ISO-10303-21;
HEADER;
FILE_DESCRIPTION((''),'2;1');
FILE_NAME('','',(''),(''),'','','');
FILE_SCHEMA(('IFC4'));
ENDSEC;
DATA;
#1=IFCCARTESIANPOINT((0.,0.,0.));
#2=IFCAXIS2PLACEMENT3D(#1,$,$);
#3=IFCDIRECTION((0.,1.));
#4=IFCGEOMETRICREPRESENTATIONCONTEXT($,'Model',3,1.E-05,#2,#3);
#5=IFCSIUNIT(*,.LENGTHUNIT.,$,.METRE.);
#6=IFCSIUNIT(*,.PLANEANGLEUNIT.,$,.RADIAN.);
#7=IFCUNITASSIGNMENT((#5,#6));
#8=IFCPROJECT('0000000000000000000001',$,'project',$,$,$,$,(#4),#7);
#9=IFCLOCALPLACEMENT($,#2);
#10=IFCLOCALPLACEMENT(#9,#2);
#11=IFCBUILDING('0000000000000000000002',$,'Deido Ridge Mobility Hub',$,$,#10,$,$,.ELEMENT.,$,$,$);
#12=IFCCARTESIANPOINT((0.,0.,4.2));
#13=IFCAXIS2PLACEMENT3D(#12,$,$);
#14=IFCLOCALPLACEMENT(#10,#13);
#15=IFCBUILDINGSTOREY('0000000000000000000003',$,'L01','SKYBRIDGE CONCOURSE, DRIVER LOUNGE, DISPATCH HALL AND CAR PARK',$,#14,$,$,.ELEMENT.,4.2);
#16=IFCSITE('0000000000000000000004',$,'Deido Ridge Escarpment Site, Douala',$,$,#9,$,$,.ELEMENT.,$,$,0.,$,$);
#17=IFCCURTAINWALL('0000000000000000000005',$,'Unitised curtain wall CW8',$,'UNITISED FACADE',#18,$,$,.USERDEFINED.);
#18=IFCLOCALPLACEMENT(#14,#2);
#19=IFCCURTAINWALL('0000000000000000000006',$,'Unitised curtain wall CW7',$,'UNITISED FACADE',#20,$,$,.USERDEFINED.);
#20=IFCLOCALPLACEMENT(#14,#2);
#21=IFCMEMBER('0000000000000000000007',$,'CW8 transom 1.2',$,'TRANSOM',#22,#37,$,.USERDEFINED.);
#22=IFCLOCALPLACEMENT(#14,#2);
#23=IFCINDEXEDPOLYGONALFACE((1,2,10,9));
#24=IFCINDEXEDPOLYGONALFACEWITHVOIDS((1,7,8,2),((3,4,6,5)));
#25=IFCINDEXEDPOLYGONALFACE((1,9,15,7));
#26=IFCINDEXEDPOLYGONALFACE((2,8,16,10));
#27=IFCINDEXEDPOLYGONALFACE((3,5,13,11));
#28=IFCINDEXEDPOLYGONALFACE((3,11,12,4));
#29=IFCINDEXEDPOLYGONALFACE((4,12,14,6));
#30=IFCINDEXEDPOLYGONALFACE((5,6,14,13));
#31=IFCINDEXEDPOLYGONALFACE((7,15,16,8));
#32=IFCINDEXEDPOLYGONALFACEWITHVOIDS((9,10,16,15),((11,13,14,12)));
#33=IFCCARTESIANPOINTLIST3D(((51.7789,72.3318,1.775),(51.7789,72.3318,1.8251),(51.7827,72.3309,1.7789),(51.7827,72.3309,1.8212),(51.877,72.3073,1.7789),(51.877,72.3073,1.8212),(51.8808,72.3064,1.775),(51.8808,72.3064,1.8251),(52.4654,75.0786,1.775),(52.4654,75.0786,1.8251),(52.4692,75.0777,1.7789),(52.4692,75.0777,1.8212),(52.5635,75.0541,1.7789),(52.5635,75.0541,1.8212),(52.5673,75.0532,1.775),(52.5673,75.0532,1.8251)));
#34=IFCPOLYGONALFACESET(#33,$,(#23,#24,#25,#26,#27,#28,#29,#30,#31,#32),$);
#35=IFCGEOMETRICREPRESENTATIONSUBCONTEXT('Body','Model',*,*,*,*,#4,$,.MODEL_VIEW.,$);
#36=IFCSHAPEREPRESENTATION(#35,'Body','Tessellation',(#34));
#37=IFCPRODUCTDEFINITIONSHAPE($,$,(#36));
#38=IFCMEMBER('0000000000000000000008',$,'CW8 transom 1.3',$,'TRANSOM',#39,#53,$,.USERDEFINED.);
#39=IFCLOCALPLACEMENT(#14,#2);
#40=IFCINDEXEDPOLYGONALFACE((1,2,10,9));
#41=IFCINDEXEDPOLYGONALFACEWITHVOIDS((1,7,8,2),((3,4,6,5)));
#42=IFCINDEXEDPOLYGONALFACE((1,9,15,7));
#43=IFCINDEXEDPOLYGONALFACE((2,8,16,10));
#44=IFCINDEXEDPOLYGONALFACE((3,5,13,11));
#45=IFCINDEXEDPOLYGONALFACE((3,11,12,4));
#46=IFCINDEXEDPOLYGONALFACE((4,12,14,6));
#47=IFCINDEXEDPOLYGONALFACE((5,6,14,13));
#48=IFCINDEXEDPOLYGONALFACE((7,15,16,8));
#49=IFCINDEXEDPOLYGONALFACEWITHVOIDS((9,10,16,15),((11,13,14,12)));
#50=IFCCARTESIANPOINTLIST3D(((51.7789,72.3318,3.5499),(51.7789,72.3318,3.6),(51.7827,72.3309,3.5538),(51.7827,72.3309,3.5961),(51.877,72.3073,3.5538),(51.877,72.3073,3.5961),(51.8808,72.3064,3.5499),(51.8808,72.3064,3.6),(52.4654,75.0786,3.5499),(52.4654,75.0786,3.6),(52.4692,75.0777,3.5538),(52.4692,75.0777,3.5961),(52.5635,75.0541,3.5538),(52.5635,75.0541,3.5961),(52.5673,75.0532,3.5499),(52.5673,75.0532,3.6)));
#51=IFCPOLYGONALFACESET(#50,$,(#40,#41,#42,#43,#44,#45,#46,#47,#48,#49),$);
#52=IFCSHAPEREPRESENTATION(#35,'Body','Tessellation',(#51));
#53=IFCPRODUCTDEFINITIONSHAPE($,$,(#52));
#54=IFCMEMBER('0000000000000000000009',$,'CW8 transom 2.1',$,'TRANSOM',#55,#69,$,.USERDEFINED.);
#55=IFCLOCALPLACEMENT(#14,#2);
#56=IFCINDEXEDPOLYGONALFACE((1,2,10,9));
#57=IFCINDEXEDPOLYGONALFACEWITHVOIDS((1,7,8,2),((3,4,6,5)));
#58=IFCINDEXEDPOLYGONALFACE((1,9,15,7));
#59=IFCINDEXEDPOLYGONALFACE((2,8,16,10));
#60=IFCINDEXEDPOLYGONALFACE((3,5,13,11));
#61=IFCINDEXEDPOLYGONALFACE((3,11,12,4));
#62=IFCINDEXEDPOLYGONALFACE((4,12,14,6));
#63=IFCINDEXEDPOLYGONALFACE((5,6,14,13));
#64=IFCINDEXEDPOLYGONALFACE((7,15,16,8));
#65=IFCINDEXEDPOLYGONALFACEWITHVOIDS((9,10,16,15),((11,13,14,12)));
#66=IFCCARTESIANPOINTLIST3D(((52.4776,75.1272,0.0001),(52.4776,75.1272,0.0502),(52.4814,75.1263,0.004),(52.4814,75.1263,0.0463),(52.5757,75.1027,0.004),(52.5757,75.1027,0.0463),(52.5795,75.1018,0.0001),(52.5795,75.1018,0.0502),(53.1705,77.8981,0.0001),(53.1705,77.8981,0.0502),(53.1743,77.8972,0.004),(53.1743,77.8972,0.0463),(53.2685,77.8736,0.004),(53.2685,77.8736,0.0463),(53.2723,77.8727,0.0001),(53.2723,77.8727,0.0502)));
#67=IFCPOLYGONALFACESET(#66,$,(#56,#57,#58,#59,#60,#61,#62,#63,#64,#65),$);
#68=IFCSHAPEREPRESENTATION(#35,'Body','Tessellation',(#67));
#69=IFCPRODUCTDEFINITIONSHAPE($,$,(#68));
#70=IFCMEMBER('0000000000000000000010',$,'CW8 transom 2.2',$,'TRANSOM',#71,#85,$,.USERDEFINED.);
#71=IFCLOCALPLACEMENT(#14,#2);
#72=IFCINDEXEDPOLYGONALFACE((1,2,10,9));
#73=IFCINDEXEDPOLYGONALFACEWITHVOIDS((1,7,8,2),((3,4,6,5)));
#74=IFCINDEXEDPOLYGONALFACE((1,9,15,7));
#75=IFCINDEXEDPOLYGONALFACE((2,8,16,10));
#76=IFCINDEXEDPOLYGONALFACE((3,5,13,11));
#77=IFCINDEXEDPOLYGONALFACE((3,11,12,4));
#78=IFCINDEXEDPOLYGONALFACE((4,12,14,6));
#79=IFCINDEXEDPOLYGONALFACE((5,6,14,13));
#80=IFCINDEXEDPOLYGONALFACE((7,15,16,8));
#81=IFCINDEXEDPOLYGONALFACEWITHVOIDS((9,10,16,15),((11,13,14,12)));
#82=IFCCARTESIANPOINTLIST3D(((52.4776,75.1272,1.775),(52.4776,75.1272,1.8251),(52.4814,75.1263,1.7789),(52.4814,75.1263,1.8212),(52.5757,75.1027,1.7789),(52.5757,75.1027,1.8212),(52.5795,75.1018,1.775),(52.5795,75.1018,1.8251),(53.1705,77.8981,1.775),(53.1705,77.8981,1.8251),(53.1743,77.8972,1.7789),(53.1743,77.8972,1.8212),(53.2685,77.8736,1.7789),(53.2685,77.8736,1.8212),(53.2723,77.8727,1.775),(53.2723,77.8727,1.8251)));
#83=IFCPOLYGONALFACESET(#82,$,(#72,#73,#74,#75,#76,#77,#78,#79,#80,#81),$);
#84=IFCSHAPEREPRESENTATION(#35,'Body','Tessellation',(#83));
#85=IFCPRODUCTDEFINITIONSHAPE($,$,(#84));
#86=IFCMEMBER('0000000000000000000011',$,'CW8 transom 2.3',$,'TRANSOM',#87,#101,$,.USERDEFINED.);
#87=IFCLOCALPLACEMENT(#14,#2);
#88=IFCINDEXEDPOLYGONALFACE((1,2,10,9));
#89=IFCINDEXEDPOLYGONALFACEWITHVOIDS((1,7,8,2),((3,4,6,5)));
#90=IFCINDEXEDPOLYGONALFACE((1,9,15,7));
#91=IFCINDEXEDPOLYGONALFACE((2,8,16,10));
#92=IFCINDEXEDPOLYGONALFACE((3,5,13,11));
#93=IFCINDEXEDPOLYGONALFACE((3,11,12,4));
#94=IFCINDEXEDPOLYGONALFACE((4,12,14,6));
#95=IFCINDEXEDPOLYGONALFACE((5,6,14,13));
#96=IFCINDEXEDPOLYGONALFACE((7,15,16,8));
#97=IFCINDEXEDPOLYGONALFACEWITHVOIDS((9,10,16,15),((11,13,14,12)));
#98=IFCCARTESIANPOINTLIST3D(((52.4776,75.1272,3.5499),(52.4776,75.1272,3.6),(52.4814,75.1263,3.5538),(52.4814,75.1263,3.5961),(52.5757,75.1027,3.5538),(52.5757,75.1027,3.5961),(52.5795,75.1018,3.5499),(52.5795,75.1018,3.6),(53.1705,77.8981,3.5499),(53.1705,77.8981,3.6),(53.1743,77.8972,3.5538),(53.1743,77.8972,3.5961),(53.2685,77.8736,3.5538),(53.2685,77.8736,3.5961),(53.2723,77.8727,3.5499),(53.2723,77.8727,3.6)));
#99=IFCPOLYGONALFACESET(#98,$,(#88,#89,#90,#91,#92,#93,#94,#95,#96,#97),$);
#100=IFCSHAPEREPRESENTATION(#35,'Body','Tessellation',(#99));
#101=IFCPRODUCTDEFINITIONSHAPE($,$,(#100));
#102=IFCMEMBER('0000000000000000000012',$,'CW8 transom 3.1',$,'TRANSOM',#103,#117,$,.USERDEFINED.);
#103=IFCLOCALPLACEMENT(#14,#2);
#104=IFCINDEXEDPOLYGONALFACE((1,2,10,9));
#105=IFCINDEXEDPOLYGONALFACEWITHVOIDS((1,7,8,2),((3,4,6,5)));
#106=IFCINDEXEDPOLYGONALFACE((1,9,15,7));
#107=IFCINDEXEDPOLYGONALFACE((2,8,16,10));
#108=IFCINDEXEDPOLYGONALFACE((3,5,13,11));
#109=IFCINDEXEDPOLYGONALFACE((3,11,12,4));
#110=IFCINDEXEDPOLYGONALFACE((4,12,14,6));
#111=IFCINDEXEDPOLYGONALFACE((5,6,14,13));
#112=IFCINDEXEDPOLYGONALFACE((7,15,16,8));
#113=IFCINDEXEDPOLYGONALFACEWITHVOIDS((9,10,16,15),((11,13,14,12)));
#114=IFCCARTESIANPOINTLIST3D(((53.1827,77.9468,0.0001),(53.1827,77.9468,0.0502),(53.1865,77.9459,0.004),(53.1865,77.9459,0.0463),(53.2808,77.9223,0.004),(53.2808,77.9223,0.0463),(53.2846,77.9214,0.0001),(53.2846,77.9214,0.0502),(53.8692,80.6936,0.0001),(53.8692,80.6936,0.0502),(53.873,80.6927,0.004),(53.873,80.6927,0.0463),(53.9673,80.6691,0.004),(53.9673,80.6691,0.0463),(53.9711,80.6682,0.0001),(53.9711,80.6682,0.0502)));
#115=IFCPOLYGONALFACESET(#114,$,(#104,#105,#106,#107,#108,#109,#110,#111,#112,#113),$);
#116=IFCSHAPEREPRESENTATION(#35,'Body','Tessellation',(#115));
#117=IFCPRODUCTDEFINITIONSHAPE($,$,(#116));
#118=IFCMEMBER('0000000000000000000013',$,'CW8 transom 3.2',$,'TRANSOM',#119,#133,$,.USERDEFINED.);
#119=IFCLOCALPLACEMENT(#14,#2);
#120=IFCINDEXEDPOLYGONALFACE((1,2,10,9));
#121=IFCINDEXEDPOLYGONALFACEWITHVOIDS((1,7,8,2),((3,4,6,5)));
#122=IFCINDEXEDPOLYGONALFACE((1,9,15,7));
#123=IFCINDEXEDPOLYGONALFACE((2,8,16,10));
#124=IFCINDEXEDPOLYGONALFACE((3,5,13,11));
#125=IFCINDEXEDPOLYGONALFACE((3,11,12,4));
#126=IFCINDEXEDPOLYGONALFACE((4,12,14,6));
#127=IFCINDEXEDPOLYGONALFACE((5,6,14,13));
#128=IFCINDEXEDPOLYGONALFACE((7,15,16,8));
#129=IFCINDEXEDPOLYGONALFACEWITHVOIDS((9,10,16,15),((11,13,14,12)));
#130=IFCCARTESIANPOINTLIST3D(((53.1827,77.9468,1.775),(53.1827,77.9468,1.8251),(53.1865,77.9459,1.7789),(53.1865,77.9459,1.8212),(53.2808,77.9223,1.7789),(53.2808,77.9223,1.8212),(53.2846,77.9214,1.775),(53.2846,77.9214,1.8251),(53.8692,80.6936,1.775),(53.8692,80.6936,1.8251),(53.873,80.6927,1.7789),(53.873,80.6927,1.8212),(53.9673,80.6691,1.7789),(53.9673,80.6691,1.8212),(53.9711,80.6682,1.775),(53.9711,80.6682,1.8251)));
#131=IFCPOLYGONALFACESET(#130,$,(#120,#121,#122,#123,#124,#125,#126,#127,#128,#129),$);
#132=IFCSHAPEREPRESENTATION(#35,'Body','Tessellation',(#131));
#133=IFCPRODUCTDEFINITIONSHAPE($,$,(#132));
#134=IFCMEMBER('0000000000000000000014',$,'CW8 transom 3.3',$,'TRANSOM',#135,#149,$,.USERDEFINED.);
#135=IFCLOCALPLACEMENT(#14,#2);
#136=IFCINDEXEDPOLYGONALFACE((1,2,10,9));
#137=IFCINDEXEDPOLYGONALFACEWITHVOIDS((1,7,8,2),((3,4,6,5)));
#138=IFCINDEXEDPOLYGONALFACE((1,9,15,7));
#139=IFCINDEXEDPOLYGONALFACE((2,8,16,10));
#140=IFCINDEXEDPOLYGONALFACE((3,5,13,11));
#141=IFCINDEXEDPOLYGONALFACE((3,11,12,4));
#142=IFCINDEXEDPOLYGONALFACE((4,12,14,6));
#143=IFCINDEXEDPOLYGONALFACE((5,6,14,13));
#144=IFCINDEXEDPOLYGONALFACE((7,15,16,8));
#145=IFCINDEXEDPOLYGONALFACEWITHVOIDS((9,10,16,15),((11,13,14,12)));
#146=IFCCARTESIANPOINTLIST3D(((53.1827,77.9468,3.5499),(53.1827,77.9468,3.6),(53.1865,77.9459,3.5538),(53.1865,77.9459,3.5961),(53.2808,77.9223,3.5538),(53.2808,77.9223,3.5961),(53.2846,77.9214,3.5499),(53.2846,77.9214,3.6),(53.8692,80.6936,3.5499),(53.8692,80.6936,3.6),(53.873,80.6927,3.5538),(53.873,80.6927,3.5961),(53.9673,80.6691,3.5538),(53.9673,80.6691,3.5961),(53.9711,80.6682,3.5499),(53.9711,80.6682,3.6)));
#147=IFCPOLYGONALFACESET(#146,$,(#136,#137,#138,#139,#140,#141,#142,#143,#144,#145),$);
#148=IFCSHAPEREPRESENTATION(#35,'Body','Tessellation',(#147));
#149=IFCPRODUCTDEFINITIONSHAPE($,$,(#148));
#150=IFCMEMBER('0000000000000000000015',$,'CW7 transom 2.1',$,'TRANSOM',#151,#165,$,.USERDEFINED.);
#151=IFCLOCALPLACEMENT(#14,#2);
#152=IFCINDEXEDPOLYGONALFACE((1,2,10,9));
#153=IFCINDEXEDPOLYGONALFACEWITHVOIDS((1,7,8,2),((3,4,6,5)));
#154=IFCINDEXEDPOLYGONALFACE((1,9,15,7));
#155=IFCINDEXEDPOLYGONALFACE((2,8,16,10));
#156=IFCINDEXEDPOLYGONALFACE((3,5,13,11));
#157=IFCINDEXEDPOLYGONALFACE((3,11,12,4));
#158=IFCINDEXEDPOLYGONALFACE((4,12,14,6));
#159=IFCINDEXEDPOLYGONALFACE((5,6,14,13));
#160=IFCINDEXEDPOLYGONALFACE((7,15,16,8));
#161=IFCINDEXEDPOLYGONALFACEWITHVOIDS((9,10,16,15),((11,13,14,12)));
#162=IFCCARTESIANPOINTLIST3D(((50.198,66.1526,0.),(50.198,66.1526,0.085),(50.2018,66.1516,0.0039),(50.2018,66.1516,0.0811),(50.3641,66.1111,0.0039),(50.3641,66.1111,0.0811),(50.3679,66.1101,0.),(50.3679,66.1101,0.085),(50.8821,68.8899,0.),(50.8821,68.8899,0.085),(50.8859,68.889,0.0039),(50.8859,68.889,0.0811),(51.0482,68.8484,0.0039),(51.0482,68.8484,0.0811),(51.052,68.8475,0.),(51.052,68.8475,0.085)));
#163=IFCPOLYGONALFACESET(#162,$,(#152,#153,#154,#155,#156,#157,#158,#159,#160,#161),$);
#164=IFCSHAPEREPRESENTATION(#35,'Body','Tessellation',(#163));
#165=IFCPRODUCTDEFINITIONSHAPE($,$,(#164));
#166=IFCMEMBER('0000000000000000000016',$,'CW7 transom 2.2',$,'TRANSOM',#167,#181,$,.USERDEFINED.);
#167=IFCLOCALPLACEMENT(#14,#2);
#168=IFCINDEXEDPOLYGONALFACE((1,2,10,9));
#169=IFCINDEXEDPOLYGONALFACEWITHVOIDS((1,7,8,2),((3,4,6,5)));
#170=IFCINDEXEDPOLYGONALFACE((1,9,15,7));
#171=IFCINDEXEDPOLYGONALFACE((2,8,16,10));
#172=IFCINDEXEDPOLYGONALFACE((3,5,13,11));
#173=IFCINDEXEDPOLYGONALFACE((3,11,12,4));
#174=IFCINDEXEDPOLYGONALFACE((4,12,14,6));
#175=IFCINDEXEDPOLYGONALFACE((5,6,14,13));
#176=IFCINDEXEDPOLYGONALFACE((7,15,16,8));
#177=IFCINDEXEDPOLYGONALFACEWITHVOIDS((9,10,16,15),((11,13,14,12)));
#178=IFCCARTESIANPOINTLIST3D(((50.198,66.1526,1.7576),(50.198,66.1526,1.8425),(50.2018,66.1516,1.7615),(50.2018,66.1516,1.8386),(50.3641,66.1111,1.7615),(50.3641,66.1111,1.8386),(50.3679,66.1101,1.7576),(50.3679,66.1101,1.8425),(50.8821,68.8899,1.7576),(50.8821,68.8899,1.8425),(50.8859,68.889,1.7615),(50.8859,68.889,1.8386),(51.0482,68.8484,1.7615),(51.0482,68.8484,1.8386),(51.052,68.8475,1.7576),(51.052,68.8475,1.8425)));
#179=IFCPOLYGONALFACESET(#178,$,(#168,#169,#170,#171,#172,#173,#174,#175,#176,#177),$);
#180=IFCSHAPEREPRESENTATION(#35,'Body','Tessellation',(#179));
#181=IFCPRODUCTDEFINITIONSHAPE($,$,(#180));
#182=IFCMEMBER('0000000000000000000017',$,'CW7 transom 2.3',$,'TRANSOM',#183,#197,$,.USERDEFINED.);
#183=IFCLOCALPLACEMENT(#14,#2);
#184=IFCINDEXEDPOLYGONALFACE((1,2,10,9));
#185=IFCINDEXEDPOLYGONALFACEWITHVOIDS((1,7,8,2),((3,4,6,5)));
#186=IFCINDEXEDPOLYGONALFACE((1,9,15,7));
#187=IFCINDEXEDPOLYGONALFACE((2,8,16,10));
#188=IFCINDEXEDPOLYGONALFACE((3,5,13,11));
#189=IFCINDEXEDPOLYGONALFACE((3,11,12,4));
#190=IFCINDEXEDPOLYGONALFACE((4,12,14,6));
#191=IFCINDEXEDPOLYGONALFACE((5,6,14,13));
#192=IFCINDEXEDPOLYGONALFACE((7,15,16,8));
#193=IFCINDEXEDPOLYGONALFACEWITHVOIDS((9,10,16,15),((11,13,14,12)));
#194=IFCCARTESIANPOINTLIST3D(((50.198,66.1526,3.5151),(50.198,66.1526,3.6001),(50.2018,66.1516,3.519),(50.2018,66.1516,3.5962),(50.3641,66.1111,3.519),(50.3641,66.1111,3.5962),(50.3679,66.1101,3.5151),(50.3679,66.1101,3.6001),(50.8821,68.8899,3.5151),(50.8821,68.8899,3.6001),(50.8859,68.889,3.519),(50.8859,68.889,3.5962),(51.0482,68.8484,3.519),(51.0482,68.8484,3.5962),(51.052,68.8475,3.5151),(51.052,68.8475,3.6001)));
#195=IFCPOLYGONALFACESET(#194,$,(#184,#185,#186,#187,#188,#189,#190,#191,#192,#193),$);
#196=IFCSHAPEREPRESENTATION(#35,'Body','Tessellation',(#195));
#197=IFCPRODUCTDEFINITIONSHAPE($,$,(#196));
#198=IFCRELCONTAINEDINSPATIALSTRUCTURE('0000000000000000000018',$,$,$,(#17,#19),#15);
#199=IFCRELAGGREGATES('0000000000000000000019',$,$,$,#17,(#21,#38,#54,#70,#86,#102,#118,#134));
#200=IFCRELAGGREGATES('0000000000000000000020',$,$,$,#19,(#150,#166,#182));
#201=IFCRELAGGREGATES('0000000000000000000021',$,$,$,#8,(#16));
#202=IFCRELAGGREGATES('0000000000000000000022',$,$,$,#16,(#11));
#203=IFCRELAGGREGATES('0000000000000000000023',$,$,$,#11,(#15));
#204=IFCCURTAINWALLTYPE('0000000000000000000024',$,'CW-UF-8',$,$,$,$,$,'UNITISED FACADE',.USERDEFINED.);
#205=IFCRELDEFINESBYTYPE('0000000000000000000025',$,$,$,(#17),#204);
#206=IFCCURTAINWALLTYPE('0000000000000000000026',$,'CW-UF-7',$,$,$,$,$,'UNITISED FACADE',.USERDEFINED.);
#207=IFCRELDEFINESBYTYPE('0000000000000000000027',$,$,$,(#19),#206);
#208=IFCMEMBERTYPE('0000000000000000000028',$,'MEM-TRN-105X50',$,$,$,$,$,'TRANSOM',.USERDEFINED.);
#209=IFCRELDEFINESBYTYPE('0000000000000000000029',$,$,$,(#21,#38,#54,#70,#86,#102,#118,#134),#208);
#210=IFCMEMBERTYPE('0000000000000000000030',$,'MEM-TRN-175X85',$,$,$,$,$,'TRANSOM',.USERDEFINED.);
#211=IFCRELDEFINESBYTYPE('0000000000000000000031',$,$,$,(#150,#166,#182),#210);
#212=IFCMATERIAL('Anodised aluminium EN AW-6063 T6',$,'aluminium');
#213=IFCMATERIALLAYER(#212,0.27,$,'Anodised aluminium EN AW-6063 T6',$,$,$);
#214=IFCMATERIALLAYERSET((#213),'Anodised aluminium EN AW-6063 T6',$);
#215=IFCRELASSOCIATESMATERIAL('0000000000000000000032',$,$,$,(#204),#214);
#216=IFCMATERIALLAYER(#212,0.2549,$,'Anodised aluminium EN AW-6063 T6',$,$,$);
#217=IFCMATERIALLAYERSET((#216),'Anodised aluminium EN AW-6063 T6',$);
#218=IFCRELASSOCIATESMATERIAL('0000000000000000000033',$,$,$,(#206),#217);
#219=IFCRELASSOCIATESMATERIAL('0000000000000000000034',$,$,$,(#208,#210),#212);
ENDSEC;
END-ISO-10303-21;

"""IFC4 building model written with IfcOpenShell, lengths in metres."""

from ifc_helpers import new_model, si_unit, direction, frame, origin, origin_2d, place, context, subcontext, project, spatial, hollow_rectangle, extrude, material, layer, layer_set, material_profile, profile_set, type_object, element, aggregate, save


model = new_model("IFC4")

# Units and contexts
model_context = context("Model", 3, precision=1e-05, world=origin(), true_north=direction((0.0, 1.0)))
body_context = subcontext(model_context, "Body", "Model", "MODEL_VIEW")
ifc_project = project(units=[si_unit("LENGTHUNIT", "METRE"), si_unit("PLANEANGLEUNIT", "RADIAN")], contexts=[model_context])

# Site, building, storey
site_placement = place(None, origin())
site = spatial("IfcSite", under=ifc_project, at=site_placement, Name="Deido Ridge Escarpment Site, Douala", CompositionType="ELEMENT", RefElevation=0.0)
building_placement = place(site_placement, origin())
building = spatial("IfcBuilding", under=site, at=building_placement, Name="Deido Ridge Mobility Hub", CompositionType="ELEMENT")
storey_placement = place(building_placement, frame((0.0, 0.0, 4.2)))
storey = spatial("IfcBuildingStorey", under=building, at=storey_placement, Name="L01", Description="SKYBRIDGE CONCOURSE, DRIVER LOUNGE, DISPATCH HALL AND CAR PARK", CompositionType="ELEMENT", Elevation=4.2)

# Curtain walls
ifc_material_1 = material(Name="Anodised aluminium EN AW-6063 T6", Category="aluminium")
ifc_layer_1 = layer(ifc_material_1, 0.27, Name="Anodised aluminium EN AW-6063 T6")
ifc_layer_set_1 = layer_set([ifc_layer_1], Name="Anodised aluminium EN AW-6063 T6")
curtain_wall_type_1 = type_object("IfcCurtainWallType", Name="CW-UF-8", ElementType="UNITISED FACADE", PredefinedType="USERDEFINED", material=ifc_layer_set_1)
curtain_wall_1_placement = place(storey_placement, origin())
curtain_wall_1 = element("IfcCurtainWall", 1, at=curtain_wall_1_placement, inside=storey, type_object=curtain_wall_type_1, Name="Unitised curtain wall CW8", ObjectType="UNITISED FACADE", PredefinedType="USERDEFINED")
ifc_layer_2 = layer(ifc_material_1, 0.2549, Name="Anodised aluminium EN AW-6063 T6")
ifc_layer_set_2 = layer_set([ifc_layer_2], Name="Anodised aluminium EN AW-6063 T6")
curtain_wall_type_2 = type_object("IfcCurtainWallType", Name="CW-UF-7", ElementType="UNITISED FACADE", PredefinedType="USERDEFINED", material=ifc_layer_set_2)
curtain_wall_2_placement = place(storey_placement, origin())
curtain_wall_2 = element("IfcCurtainWall", 2, at=curtain_wall_2_placement, inside=storey, type_object=curtain_wall_type_2, Name="Unitised curtain wall CW7", ObjectType="UNITISED FACADE", PredefinedType="USERDEFINED")

# Members
ifc_material_profile_1 = material_profile(ifc_material_1, hollow_rectangle(XDim=0.105, YDim=0.05, WallThickness=0.0039, at=origin_2d()), Name="RHS 105x50x4")
ifc_profile_set_1 = profile_set([ifc_material_profile_1], Name="Anodised aluminium EN AW-6063 T6")
member_type_1 = type_object("IfcMemberType", Name="MEM-TRN-105X50", ElementType="TRANSOM", PredefinedType="USERDEFINED", material=ifc_profile_set_1)
member_1_placement = place(storey_placement, frame((51.8298, 72.3191, 1.8), z_axis=(0.242475, 0.970158, 0.0), x_axis=(-0.970158, 0.242475, 0.0)))
member_1 = element("IfcMember", 3, at=member_1_placement, type_object=member_type_1, Name="CW8 transom 1.2", ObjectType="TRANSOM", PredefinedType="USERDEFINED", context=body_context, shape_type="SweptSolid", body=[
    extrude(hollow_rectangle(XDim=0.105, YDim=0.05, WallThickness=0.0039, at=origin_2d()), origin(), (0.0, 0.0, 1.0), 2.8313),
])
member_2_placement = place(storey_placement, frame((51.8298, 72.3191, 3.575), z_axis=(0.242475, 0.970158, 0.0), x_axis=(-0.970158, 0.242475, 0.0)))
member_2 = element("IfcMember", 4, at=member_2_placement, type_object=member_type_1, Name="CW8 transom 1.3", ObjectType="TRANSOM", PredefinedType="USERDEFINED", context=body_context, shape_type="SweptSolid", body=[
    extrude(hollow_rectangle(XDim=0.105, YDim=0.05, WallThickness=0.0039, at=origin_2d()), origin(), (0.0, 0.0, 1.0), 2.8313),
])
member_3_placement = place(storey_placement, frame((52.5286, 75.1145, 0.0251), z_axis=(0.242576, 0.970132, 0.0), x_axis=(-0.970132, 0.242576, 0.0)))
member_3 = element("IfcMember", 5, at=member_3_placement, type_object=member_type_1, Name="CW8 transom 2.1", ObjectType="TRANSOM", PredefinedType="USERDEFINED", context=body_context, shape_type="SweptSolid", body=[
    extrude(hollow_rectangle(XDim=0.105, YDim=0.05, WallThickness=0.0039, at=origin_2d()), origin(), (0.0, 0.0, 1.0), 2.8562),
])
member_4_placement = place(storey_placement, frame((52.5286, 75.1145, 1.8), z_axis=(0.242576, 0.970132, 0.0), x_axis=(-0.970132, 0.242576, 0.0)))
member_4 = element("IfcMember", 6, at=member_4_placement, type_object=member_type_1, Name="CW8 transom 2.2", ObjectType="TRANSOM", PredefinedType="USERDEFINED", context=body_context, shape_type="SweptSolid", body=[
    extrude(hollow_rectangle(XDim=0.105, YDim=0.05, WallThickness=0.0039, at=origin_2d()), origin(), (0.0, 0.0, 1.0), 2.8562),
])
member_5_placement = place(storey_placement, frame((52.5286, 75.1145, 3.575), z_axis=(0.242576, 0.970132, 0.0), x_axis=(-0.970132, 0.242576, 0.0)))
member_5 = element("IfcMember", 7, at=member_5_placement, type_object=member_type_1, Name="CW8 transom 2.3", ObjectType="TRANSOM", PredefinedType="USERDEFINED", context=body_context, shape_type="SweptSolid", body=[
    extrude(hollow_rectangle(XDim=0.105, YDim=0.05, WallThickness=0.0039, at=origin_2d()), origin(), (0.0, 0.0, 1.0), 2.8562),
])
member_6_placement = place(storey_placement, frame((53.2336, 77.9341, 0.0251), z_axis=(0.242475, 0.970158, 0.0), x_axis=(-0.970158, 0.242475, 0.0)))
member_6 = element("IfcMember", 8, at=member_6_placement, type_object=member_type_1, Name="CW8 transom 3.1", ObjectType="TRANSOM", PredefinedType="USERDEFINED", context=body_context, shape_type="SweptSolid", body=[
    extrude(hollow_rectangle(XDim=0.105, YDim=0.05, WallThickness=0.0039, at=origin_2d()), origin(), (0.0, 0.0, 1.0), 2.8313),
])
member_7_placement = place(storey_placement, frame((53.2336, 77.9341, 1.8), z_axis=(0.242475, 0.970158, 0.0), x_axis=(-0.970158, 0.242475, 0.0)))
member_7 = element("IfcMember", 9, at=member_7_placement, type_object=member_type_1, Name="CW8 transom 3.2", ObjectType="TRANSOM", PredefinedType="USERDEFINED", context=body_context, shape_type="SweptSolid", body=[
    extrude(hollow_rectangle(XDim=0.105, YDim=0.05, WallThickness=0.0039, at=origin_2d()), origin(), (0.0, 0.0, 1.0), 2.8313),
])
member_8_placement = place(storey_placement, frame((53.2336, 77.9341, 3.575), z_axis=(0.242475, 0.970158, 0.0), x_axis=(-0.970158, 0.242475, 0.0)))
member_8 = element("IfcMember", 10, at=member_8_placement, type_object=member_type_1, Name="CW8 transom 3.3", ObjectType="TRANSOM", PredefinedType="USERDEFINED", context=body_context, shape_type="SweptSolid", body=[
    extrude(hollow_rectangle(XDim=0.105, YDim=0.05, WallThickness=0.0039, at=origin_2d()), origin(), (0.0, 0.0, 1.0), 2.8313),
])
ifc_material_profile_2 = material_profile(ifc_material_1, hollow_rectangle(XDim=0.175, YDim=0.085, WallThickness=0.0039, at=origin_2d()), Name="RHS 175x85x4")
ifc_profile_set_2 = profile_set([ifc_material_profile_2], Name="Anodised aluminium EN AW-6063 T6")
member_type_2 = type_object("IfcMemberType", Name="MEM-TRN-175X85", ElementType="TRANSOM", PredefinedType="USERDEFINED", material=ifc_profile_set_2)
member_9_placement = place(storey_placement, frame((50.283, 66.1313, 0.0425), z_axis=(0.242454, 0.970163, 0.0), x_axis=(-0.970163, 0.242454, 0.0)))
member_9 = element("IfcMember", 11, at=member_9_placement, type_object=member_type_2, Name="CW7 transom 2.1", ObjectType="TRANSOM", PredefinedType="USERDEFINED", context=body_context, shape_type="SweptSolid", body=[
    extrude(hollow_rectangle(XDim=0.175, YDim=0.085, WallThickness=0.0039, at=origin_2d()), origin(), (0.0, 0.0, 1.0), 2.8215),
])
member_10_placement = place(storey_placement, frame((50.283, 66.1313, 1.8), z_axis=(0.242454, 0.970163, 0.0), x_axis=(-0.970163, 0.242454, 0.0)))
member_10 = element("IfcMember", 12, at=member_10_placement, type_object=member_type_2, Name="CW7 transom 2.2", ObjectType="TRANSOM", PredefinedType="USERDEFINED", context=body_context, shape_type="SweptSolid", body=[
    extrude(hollow_rectangle(XDim=0.175, YDim=0.085, WallThickness=0.0039, at=origin_2d()), origin(), (0.0, 0.0, 1.0), 2.8215),
])
member_11_placement = place(storey_placement, frame((50.283, 66.1313, 3.5576), z_axis=(0.242454, 0.970163, 0.0), x_axis=(-0.970163, 0.242454, 0.0)))
member_11 = element("IfcMember", 13, at=member_11_placement, type_object=member_type_2, Name="CW7 transom 2.3", ObjectType="TRANSOM", PredefinedType="USERDEFINED", context=body_context, shape_type="SweptSolid", body=[
    extrude(hollow_rectangle(XDim=0.175, YDim=0.085, WallThickness=0.0039, at=origin_2d()), origin(), (0.0, 0.0, 1.0), 2.8215),
])

aggregate(curtain_wall_1, [member_1, member_2, member_3, member_4, member_5, member_6, member_7, member_8])
aggregate(curtain_wall_2, [member_9, member_10, member_11])

save(model, "model.ifc")
